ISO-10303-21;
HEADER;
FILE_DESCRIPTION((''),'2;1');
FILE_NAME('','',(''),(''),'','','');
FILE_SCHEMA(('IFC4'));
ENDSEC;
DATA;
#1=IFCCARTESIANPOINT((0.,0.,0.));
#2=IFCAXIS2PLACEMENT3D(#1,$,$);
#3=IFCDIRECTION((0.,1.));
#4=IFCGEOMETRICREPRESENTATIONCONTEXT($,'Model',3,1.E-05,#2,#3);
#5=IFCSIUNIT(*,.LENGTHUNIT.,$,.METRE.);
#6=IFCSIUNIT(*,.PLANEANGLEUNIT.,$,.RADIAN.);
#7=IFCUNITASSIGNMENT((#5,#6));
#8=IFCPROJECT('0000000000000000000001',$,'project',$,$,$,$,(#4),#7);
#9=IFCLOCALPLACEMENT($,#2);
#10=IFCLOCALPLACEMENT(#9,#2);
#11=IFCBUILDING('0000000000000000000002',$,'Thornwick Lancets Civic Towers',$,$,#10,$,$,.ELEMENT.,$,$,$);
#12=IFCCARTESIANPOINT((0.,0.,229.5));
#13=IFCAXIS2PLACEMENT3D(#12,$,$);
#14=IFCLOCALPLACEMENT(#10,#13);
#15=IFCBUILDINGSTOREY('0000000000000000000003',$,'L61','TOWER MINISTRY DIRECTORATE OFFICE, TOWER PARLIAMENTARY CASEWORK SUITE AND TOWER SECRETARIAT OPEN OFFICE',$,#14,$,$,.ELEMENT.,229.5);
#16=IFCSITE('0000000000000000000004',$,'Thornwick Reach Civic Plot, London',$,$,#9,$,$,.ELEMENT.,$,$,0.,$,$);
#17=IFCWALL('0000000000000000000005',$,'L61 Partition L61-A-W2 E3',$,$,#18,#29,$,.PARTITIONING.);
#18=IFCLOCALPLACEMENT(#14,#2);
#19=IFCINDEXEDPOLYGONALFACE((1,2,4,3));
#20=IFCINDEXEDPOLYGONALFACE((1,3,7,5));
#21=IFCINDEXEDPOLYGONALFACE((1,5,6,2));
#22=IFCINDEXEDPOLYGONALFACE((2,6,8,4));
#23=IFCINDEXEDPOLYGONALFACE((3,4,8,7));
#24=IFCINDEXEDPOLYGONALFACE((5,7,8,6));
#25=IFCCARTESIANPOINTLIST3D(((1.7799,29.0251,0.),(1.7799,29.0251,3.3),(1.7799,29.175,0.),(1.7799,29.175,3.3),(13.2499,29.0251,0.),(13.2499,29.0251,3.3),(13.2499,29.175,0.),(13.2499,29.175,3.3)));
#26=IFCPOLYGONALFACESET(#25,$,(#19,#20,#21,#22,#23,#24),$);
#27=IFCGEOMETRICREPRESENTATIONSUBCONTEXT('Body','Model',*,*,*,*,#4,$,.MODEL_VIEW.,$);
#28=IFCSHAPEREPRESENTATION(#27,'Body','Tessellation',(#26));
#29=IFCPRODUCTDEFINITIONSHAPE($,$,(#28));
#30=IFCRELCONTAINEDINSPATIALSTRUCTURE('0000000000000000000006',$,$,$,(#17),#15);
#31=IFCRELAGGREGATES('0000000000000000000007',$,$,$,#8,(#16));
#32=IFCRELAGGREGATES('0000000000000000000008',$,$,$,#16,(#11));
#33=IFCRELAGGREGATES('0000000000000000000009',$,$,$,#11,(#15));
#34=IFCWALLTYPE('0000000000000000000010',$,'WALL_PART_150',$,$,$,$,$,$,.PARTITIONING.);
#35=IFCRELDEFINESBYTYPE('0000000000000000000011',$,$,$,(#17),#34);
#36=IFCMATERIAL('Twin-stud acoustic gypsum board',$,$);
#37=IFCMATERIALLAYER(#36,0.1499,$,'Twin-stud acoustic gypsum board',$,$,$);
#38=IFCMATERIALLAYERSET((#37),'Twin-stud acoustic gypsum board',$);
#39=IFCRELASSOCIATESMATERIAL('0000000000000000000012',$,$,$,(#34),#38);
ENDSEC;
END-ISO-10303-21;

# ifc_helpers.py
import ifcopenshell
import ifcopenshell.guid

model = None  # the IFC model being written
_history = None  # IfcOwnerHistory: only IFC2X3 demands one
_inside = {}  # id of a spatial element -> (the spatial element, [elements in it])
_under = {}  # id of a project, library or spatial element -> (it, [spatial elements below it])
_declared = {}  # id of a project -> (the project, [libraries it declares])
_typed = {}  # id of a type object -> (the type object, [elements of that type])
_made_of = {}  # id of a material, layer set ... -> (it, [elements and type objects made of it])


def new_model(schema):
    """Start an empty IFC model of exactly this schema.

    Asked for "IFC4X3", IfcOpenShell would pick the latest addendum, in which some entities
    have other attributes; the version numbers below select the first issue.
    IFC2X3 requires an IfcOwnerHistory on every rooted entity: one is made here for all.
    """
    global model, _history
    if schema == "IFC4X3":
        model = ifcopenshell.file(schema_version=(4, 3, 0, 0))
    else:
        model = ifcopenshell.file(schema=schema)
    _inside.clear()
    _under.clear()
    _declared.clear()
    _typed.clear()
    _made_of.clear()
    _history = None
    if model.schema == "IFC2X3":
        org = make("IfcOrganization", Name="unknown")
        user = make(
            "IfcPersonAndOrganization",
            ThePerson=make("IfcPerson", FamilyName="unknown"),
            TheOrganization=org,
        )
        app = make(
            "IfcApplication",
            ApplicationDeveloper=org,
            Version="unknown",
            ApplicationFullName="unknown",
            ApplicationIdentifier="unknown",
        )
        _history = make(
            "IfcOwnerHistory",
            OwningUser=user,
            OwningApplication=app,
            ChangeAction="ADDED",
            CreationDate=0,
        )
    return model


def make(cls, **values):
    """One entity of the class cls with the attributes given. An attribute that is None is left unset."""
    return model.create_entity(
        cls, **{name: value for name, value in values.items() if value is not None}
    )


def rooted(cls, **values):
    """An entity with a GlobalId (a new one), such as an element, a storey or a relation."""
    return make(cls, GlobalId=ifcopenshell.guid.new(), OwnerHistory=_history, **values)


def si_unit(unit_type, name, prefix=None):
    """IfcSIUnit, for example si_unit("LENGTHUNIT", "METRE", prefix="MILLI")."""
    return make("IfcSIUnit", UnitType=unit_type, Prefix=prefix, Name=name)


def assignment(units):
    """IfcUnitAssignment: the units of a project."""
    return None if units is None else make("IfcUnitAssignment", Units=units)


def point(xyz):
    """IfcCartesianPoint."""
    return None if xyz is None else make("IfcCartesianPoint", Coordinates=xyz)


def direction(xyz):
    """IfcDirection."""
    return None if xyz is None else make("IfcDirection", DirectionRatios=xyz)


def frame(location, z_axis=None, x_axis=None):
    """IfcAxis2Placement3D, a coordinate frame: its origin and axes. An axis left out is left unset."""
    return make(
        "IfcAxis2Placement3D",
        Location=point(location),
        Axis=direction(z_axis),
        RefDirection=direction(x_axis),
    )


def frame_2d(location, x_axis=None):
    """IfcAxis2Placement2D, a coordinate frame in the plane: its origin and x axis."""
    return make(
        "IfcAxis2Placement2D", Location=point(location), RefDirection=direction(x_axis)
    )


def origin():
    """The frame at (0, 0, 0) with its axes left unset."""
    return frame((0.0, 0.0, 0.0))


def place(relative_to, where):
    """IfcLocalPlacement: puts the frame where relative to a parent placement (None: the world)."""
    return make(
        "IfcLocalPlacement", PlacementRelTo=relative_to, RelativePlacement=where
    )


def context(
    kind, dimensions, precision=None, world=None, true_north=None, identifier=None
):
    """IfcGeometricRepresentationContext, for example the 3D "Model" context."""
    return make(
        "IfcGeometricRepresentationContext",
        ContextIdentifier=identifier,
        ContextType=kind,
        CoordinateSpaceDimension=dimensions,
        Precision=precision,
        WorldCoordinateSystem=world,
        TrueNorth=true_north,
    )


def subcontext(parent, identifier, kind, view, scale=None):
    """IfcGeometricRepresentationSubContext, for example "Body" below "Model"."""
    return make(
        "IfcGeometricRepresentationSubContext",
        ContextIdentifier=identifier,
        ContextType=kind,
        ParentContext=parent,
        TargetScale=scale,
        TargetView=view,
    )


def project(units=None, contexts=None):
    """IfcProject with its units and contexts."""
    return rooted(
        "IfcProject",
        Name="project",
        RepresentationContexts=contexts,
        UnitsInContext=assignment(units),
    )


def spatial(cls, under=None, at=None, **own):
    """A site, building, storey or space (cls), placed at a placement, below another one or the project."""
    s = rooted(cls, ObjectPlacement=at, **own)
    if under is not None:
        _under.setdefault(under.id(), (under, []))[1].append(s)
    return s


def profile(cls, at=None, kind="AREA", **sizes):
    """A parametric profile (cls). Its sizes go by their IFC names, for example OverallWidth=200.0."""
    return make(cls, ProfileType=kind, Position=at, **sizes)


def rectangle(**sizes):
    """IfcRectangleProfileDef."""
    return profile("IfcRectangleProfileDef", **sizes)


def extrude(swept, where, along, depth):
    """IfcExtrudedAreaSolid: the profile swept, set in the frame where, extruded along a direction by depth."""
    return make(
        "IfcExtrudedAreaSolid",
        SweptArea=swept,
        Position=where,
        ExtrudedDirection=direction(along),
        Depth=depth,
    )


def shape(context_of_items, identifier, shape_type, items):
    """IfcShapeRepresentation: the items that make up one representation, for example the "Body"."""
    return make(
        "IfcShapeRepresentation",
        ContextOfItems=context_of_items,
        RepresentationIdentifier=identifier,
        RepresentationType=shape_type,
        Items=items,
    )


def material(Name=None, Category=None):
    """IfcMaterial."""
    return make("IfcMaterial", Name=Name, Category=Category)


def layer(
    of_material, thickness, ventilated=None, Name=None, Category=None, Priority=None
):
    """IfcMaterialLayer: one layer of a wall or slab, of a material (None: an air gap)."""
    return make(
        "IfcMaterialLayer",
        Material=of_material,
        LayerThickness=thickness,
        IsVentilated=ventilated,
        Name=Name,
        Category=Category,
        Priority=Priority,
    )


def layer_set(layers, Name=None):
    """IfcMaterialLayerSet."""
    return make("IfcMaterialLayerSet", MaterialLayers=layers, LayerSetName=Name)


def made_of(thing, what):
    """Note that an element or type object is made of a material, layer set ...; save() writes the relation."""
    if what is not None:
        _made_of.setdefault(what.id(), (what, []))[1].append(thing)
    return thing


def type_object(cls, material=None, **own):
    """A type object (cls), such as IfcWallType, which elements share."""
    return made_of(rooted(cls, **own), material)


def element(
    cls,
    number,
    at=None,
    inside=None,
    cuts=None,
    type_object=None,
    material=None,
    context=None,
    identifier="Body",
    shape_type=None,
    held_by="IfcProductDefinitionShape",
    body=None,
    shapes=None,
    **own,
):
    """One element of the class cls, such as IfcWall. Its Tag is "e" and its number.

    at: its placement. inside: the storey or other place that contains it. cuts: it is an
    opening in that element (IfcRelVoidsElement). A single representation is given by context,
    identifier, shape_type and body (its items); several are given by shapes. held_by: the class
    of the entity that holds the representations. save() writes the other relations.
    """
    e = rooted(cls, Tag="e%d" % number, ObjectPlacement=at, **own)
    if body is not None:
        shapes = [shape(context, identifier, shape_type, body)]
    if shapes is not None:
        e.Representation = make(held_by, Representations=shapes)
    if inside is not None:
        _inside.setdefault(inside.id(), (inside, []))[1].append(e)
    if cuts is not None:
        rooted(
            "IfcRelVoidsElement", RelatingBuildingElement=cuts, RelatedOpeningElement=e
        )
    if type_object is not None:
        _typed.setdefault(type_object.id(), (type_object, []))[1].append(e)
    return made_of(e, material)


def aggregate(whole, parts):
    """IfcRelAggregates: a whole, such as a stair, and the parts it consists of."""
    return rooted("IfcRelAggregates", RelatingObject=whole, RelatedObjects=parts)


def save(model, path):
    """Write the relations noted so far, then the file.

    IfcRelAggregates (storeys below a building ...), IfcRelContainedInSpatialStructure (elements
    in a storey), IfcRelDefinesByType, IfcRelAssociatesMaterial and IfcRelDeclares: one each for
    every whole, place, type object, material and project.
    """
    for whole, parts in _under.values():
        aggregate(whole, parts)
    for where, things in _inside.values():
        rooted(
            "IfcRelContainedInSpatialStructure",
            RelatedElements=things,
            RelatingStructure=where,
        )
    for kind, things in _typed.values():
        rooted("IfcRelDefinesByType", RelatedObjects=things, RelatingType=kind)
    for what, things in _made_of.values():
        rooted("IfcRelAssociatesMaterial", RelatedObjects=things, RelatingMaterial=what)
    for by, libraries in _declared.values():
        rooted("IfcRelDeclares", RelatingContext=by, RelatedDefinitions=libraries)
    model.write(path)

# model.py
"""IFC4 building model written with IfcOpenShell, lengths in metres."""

from ifc_helpers import new_model, si_unit, direction, frame, frame_2d, origin, place, context, subcontext, project, spatial, rectangle, extrude, material, layer, layer_set, type_object, element, save


model = new_model("IFC4")

# Units and contexts
model_context = context("Model", 3, precision=1e-05, world=origin(), true_north=direction((0.0, 1.0)))
body_context = subcontext(model_context, "Body", "Model", "MODEL_VIEW")
ifc_project = project(units=[si_unit("LENGTHUNIT", "METRE"), si_unit("PLANEANGLEUNIT", "RADIAN")], contexts=[model_context])

# Site, building, storey
site_placement = place(None, origin())
site = spatial("IfcSite", under=ifc_project, at=site_placement, Name="Thornwick Reach Civic Plot, London", CompositionType="ELEMENT", RefElevation=0.0)
building_placement = place(site_placement, origin())
building = spatial("IfcBuilding", under=site, at=building_placement, Name="Thornwick Lancets Civic Towers", CompositionType="ELEMENT")
storey_placement = place(building_placement, frame((0.0, 0.0, 229.5)))
storey = spatial("IfcBuildingStorey", under=building, at=storey_placement, Name="L61", Description="TOWER MINISTRY DIRECTORATE OFFICE, TOWER PARLIAMENTARY CASEWORK SUITE AND TOWER SECRETARIAT OPEN OFFICE", CompositionType="ELEMENT", Elevation=229.5)

# Shared definitions
ifc_material_1 = material(Name="Twin-stud acoustic gypsum board")
ifc_layer_1 = layer(ifc_material_1, 0.1499, Name="Twin-stud acoustic gypsum board")
ifc_layer_set_1 = layer_set([ifc_layer_1], Name="Twin-stud acoustic gypsum board")
wall_type_1 = type_object("IfcWallType", Name="WALL_PART_150", PredefinedType="PARTITIONING", material=ifc_layer_set_1)

# Wall
wall_1_placement = place(storey_placement, frame((1.78, 29.1001, 0.0), z_axis=(0.0, 0.0, 1.0), x_axis=(1.0, 0.0, 0.0)))
element("IfcWall", 1, at=wall_1_placement, inside=storey, type_object=wall_type_1, Name="L61 Partition L61-A-W2 E3", PredefinedType="PARTITIONING", context=body_context, shape_type="SweptSolid", body=[
    extrude(rectangle(XDim=11.47, YDim=0.1499, at=frame_2d((5.7349, 0.0))), origin(), (0.0, 0.0, 1.0), 3.3),
])

save(model, "model.ifc")
